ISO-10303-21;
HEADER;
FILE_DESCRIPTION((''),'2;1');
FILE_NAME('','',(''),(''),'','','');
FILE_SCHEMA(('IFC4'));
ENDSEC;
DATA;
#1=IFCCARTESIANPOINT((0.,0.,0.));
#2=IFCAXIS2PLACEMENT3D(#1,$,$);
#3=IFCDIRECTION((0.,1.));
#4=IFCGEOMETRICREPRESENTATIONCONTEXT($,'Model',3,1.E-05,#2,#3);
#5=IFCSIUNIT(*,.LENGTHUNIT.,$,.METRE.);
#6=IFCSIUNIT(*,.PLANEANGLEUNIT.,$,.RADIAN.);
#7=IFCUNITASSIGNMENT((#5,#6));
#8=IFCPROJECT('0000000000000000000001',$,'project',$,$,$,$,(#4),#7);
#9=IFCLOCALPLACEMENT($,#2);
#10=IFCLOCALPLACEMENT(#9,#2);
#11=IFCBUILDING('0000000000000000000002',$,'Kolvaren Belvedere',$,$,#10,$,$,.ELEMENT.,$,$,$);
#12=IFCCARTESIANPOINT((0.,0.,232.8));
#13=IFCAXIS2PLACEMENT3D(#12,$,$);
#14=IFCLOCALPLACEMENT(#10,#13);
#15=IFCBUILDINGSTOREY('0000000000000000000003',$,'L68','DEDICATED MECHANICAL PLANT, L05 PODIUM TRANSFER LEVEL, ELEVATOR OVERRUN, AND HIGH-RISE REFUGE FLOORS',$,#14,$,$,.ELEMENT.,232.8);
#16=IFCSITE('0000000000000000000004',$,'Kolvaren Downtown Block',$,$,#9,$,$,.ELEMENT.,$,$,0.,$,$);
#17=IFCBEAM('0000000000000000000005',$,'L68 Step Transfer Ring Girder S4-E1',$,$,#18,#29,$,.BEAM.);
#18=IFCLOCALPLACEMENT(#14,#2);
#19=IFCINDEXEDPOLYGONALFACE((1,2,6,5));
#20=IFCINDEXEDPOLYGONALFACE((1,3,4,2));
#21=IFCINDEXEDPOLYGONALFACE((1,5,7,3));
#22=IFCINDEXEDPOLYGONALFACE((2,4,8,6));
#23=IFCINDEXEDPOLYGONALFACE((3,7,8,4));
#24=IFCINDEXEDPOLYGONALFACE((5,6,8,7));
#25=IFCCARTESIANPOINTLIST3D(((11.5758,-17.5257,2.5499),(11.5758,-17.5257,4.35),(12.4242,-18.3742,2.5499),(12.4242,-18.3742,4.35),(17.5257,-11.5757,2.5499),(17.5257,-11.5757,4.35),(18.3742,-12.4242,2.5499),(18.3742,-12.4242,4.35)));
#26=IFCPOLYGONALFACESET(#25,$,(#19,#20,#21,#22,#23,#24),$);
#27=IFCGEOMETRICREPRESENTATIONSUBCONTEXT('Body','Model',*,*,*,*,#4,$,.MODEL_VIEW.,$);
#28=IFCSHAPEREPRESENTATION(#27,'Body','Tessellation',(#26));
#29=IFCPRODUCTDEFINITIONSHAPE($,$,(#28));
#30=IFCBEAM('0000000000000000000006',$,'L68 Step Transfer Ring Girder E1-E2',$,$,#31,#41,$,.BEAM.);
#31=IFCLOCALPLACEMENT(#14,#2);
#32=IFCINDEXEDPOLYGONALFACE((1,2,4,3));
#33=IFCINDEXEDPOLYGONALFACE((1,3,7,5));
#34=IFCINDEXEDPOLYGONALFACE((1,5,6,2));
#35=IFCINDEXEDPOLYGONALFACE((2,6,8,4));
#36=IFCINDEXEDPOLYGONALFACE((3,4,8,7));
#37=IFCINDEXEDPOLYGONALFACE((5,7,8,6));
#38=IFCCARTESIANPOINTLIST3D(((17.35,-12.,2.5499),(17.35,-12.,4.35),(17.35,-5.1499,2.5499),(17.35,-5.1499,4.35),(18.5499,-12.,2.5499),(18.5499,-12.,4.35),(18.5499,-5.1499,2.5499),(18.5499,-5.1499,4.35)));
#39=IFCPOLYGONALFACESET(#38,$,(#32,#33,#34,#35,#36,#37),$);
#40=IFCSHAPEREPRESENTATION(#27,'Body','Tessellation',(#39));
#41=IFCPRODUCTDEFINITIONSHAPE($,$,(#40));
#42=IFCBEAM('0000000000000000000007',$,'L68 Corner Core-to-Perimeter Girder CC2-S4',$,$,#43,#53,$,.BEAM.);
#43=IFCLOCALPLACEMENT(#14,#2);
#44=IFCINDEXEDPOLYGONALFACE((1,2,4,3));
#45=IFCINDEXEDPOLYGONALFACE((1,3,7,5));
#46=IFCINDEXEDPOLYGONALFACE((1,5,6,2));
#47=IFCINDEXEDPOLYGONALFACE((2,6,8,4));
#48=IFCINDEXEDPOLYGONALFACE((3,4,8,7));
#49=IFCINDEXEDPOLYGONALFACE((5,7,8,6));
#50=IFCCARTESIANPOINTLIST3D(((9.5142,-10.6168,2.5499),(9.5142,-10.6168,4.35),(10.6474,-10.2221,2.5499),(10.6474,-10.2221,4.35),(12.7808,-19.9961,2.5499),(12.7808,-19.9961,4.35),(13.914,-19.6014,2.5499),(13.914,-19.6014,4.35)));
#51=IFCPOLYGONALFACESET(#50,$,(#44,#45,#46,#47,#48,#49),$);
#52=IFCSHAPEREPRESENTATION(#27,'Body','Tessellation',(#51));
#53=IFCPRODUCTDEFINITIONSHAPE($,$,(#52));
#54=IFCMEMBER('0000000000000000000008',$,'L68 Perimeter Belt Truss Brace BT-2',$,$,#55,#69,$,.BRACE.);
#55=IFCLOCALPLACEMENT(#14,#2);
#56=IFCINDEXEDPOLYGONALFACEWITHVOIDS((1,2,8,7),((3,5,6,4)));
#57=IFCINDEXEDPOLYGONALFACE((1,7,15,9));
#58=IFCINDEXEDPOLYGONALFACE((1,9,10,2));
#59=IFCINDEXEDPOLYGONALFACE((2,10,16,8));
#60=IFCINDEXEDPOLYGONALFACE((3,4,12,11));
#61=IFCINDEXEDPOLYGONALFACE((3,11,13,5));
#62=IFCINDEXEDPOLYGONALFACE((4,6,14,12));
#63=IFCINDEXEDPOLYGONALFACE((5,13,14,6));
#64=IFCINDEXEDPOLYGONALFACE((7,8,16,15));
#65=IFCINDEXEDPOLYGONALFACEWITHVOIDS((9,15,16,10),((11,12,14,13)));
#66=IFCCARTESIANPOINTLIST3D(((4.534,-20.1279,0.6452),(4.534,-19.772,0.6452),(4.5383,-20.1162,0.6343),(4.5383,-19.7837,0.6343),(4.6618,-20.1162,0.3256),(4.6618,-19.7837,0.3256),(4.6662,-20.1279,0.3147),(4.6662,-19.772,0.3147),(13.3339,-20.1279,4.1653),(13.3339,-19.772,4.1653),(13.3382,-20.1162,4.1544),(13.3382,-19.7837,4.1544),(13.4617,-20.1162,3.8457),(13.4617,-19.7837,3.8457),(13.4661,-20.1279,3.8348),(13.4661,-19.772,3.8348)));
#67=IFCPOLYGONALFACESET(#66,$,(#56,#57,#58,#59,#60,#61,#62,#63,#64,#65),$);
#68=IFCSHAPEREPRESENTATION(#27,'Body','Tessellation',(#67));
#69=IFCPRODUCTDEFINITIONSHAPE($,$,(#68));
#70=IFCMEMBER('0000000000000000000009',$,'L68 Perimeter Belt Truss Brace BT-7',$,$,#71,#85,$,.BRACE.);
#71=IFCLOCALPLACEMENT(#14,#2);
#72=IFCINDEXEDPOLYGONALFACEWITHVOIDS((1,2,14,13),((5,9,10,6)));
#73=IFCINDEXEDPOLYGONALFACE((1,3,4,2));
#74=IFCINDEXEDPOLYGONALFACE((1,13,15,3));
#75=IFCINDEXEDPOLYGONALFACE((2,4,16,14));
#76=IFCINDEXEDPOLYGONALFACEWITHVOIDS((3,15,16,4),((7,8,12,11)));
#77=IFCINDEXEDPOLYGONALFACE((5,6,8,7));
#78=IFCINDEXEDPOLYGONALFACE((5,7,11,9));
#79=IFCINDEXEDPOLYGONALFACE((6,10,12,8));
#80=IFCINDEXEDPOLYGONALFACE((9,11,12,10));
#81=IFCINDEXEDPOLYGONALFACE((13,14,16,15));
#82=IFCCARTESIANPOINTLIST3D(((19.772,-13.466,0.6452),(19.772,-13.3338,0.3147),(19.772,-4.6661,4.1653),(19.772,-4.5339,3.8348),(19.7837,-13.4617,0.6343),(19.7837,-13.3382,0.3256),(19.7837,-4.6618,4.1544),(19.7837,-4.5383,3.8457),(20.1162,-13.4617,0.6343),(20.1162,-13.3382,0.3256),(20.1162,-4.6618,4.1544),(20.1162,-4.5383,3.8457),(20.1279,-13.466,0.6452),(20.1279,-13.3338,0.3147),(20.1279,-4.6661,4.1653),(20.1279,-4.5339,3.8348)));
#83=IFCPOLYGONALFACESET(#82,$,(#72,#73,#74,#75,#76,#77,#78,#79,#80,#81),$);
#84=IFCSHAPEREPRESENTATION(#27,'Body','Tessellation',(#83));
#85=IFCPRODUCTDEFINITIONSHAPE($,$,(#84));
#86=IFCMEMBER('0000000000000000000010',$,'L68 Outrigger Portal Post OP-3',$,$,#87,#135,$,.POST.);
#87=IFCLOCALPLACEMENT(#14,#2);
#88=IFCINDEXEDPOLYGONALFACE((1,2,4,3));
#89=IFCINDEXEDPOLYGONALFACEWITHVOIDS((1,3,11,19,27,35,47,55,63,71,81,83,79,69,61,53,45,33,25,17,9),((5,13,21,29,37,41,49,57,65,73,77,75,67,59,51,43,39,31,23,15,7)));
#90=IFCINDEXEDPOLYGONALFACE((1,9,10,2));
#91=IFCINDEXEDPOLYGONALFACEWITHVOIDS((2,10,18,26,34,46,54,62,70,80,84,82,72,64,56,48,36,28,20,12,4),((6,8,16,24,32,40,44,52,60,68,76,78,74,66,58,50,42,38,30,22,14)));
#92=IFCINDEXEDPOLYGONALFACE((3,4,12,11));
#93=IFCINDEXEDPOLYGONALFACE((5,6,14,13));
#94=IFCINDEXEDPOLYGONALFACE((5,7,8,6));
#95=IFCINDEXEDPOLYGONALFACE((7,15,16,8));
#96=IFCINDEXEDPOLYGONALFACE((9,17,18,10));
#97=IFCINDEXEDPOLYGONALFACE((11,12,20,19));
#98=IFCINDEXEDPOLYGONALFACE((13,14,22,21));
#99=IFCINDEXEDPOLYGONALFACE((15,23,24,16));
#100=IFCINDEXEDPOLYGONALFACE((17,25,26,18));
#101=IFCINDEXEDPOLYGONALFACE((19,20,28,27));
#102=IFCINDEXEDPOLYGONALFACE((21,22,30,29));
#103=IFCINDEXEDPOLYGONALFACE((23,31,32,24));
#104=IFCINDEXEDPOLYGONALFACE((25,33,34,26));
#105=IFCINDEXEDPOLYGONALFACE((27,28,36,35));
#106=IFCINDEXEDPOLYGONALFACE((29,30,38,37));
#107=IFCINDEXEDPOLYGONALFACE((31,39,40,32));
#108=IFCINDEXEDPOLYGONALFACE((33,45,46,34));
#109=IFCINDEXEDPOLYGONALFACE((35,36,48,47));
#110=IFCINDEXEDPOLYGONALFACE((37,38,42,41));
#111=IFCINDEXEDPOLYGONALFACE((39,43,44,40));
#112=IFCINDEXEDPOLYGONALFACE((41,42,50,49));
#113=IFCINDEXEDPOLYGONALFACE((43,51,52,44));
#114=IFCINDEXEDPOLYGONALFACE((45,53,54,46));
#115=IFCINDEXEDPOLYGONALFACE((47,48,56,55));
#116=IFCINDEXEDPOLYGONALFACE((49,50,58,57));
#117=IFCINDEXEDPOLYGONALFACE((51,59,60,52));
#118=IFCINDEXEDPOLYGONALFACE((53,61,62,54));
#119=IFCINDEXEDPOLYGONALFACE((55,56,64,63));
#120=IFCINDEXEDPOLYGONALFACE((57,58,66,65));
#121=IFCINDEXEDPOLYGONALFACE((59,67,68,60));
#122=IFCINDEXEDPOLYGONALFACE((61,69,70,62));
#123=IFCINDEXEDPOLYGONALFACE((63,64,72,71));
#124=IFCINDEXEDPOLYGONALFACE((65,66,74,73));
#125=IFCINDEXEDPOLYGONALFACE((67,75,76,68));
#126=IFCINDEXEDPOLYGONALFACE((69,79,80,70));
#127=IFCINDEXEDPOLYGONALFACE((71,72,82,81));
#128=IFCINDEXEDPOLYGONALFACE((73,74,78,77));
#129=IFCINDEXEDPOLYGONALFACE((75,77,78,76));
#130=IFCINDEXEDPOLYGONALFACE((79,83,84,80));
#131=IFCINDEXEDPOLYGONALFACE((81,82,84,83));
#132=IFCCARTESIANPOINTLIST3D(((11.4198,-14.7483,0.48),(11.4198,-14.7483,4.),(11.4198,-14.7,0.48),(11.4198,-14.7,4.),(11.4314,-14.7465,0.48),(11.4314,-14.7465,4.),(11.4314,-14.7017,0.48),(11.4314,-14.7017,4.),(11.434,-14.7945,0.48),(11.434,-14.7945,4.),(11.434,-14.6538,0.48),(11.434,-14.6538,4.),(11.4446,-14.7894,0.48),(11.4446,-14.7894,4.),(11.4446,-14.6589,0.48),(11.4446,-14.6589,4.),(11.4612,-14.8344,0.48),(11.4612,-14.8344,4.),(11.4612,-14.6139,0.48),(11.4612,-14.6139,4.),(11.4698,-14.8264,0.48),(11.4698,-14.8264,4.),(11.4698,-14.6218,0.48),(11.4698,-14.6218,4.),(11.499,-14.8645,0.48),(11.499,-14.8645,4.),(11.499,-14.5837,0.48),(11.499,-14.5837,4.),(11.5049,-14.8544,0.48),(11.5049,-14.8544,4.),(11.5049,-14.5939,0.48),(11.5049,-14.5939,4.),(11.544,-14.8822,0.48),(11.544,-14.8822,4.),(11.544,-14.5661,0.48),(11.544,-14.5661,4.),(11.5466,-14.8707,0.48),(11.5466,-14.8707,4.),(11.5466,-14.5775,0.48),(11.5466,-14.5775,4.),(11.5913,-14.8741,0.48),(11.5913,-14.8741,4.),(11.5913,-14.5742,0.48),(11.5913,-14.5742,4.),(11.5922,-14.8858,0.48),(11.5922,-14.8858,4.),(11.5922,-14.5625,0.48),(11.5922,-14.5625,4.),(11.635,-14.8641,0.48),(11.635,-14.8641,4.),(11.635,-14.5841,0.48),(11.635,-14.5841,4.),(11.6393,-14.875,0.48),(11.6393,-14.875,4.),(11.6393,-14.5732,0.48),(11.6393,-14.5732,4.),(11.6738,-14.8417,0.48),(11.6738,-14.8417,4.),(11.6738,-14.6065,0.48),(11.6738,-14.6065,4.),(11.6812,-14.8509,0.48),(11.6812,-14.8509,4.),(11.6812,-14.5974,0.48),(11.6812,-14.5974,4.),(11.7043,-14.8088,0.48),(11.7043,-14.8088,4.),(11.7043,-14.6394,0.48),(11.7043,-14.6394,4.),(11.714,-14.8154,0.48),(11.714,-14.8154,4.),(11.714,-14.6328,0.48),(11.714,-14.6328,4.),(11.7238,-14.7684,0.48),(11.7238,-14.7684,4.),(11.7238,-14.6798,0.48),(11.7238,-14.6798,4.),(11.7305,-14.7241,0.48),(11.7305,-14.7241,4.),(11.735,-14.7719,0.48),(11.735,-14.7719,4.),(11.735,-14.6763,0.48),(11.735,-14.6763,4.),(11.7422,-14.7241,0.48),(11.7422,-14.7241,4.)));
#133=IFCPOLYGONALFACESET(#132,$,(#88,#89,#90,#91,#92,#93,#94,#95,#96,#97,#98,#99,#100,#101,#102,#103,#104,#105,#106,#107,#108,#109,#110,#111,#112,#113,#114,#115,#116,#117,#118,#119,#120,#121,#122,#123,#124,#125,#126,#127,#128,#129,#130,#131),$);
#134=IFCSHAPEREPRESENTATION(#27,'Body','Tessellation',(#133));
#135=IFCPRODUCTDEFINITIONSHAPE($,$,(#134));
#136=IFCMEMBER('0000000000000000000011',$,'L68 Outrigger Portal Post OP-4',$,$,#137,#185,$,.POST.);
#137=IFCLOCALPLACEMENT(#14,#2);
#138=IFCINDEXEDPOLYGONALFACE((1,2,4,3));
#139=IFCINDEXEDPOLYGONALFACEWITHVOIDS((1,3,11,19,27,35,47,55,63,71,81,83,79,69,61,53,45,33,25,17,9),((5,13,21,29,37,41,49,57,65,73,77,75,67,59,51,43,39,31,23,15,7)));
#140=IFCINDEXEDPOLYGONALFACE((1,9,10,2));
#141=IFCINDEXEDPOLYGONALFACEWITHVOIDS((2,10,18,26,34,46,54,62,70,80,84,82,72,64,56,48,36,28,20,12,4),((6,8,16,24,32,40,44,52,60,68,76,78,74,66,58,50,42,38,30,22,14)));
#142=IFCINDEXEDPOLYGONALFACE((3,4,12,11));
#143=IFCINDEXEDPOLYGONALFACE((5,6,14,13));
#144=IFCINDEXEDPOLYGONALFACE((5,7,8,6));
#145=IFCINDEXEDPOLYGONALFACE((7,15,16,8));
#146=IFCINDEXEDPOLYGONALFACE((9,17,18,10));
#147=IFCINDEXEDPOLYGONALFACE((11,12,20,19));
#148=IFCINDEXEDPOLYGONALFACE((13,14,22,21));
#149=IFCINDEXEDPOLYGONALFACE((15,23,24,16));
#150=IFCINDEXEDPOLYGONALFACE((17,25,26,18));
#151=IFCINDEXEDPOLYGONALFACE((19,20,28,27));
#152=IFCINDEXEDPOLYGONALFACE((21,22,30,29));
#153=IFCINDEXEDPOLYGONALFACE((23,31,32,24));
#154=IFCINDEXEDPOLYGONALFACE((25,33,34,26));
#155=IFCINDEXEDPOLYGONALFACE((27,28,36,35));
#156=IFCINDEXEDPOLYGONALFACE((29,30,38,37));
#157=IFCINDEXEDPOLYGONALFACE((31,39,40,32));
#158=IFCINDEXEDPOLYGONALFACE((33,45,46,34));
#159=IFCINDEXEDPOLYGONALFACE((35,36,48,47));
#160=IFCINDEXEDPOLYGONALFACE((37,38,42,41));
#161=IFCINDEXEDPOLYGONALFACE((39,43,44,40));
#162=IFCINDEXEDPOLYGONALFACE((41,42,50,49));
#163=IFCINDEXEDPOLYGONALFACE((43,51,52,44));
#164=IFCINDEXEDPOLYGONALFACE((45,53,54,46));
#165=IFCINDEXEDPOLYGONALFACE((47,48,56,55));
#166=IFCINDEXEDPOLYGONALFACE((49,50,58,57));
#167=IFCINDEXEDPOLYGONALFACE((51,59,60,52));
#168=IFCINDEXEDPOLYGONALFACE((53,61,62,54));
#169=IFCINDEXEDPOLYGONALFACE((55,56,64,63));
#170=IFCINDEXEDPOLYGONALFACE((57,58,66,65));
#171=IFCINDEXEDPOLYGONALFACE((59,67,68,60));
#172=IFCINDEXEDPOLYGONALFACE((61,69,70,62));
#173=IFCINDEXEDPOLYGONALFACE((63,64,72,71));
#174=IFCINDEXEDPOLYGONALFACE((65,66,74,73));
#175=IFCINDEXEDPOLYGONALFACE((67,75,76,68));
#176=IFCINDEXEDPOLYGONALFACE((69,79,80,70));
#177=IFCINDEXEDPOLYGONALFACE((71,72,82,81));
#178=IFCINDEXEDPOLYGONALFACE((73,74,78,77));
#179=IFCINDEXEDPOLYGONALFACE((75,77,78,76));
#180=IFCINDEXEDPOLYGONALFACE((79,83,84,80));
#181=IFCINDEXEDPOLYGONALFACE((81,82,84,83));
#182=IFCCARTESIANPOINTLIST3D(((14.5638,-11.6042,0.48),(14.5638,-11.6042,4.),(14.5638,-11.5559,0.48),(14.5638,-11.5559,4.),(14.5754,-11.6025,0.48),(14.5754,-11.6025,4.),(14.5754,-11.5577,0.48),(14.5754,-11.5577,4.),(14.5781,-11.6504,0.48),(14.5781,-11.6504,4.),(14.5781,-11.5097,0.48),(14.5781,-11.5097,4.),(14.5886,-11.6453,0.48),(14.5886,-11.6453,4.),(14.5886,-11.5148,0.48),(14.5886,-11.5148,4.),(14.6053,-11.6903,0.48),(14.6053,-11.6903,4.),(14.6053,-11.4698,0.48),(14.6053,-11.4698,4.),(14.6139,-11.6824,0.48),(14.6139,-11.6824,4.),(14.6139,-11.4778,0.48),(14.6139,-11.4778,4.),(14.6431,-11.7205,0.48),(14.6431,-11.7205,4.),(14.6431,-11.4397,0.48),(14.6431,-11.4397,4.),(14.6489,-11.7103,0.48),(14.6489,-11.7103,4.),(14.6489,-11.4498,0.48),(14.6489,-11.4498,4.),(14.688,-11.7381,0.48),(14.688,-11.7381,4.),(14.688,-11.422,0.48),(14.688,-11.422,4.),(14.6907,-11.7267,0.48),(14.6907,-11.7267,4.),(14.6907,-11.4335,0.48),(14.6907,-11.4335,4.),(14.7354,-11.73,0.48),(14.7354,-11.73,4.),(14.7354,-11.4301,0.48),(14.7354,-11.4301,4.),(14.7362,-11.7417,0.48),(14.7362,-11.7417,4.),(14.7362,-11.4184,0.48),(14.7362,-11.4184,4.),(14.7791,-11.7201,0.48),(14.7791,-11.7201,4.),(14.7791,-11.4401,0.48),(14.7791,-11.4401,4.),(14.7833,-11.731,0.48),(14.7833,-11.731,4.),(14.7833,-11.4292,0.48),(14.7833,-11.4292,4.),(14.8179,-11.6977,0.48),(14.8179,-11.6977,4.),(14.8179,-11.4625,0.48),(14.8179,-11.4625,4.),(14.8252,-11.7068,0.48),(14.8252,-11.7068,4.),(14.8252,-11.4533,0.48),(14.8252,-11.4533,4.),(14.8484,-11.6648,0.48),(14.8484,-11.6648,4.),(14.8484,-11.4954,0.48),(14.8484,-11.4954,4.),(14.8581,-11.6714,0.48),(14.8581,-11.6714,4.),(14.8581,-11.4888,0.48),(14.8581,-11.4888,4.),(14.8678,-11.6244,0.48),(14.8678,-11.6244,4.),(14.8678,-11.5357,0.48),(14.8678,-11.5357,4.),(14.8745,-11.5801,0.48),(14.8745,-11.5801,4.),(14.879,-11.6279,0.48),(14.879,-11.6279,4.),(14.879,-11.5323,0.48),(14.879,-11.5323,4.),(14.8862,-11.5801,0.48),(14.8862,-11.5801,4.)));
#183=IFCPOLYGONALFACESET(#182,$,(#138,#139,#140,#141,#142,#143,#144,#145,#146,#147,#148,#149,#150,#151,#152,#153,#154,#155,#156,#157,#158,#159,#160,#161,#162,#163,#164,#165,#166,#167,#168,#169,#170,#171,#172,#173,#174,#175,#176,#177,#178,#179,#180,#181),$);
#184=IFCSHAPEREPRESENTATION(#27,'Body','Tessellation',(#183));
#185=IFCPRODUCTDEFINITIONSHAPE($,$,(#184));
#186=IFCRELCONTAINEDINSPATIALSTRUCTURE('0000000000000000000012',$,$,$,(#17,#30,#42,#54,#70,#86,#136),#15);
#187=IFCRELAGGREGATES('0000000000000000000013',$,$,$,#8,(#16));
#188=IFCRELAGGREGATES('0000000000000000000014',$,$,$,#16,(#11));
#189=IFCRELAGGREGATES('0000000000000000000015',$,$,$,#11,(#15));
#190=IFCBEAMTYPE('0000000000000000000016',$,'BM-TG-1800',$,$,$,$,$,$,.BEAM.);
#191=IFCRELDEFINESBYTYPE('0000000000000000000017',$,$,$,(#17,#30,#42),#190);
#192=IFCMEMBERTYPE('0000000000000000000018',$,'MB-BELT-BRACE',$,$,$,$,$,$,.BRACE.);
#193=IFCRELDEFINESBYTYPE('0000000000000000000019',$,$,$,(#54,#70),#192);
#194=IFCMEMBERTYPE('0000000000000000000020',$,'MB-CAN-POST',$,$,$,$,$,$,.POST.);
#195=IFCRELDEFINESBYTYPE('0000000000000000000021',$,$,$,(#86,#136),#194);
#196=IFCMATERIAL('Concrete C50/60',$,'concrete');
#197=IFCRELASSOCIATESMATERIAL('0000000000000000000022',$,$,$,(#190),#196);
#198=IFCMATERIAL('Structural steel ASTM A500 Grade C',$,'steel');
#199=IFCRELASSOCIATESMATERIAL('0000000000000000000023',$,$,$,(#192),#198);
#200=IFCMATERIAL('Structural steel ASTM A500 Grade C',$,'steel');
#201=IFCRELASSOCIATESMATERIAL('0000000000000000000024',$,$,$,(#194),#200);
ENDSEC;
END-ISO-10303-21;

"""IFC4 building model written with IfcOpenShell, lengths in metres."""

from ifc_helpers import new_model, si_unit, direction, frame, origin, origin_2d, place, context, subcontext, project, spatial, rectangle, hollow_rectangle, hollow_circle, extrude, material, material_profile, profile_set, type_object, element, save


model = new_model("IFC4")

# Units and contexts
model_context = context("Model", 3, precision=1e-05, world=origin(), true_north=direction((0.0, 1.0)))
body_context = subcontext(model_context, "Body", "Model", "MODEL_VIEW")
ifc_project = project(units=[si_unit("LENGTHUNIT", "METRE"), si_unit("PLANEANGLEUNIT", "RADIAN")], contexts=[model_context])

# Site, building, storey
site_placement = place(None, origin())
site = spatial("IfcSite", under=ifc_project, at=site_placement, Name="Kolvaren Downtown Block", CompositionType="ELEMENT", RefElevation=0.0)
building_placement = place(site_placement, origin())
building = spatial("IfcBuilding", under=site, at=building_placement, Name="Kolvaren Belvedere", CompositionType="ELEMENT")
storey_placement = place(building_placement, frame((0.0, 0.0, 232.8)))
storey = spatial("IfcBuildingStorey", under=building, at=storey_placement, Name="L68", Description="DEDICATED MECHANICAL PLANT, L05 PODIUM TRANSFER LEVEL, ELEVATOR OVERRUN, AND HIGH-RISE REFUGE FLOORS", CompositionType="ELEMENT", Elevation=232.8)

# Beams
ifc_material_1 = material(Name="Concrete C50/60", Category="concrete")
ifc_material_profile_1 = material_profile(ifc_material_1, rectangle(XDim=1.2, YDim=1.8, at=origin_2d()), Name="RC 1200X1800")
ifc_profile_set_1 = profile_set([ifc_material_profile_1], Name="Concrete C50/60")
beam_type_1 = type_object("IfcBeamType", Name="BM-TG-1800", PredefinedType="BEAM", material=ifc_profile_set_1)
beam_1_placement = place(storey_placement, frame((12.0, -17.95, 3.45), z_axis=(0.707107, 0.707107, 0.0), x_axis=(-0.707107, 0.707107, 0.0)))
element("IfcBeam", 1, at=beam_1_placement, inside=storey, type_object=beam_type_1, Name="L68 Step Transfer Ring Girder S4-E1", PredefinedType="BEAM", context=body_context, shape_type="SweptSolid", body=[
    extrude(rectangle(XDim=1.2, YDim=1.8, at=origin_2d()), origin(), (0.0, 0.0, 1.0), 8.4146),
])
beam_2_placement = place(storey_placement, frame((17.95, -12.0, 3.45), z_axis=(0.0, 1.0, 0.0), x_axis=(-1.0, 0.0, 0.0)))
element("IfcBeam", 2, at=beam_2_placement, inside=storey, type_object=beam_type_1, Name="L68 Step Transfer Ring Girder E1-E2", PredefinedType="BEAM", context=body_context, shape_type="SweptSolid", body=[
    extrude(rectangle(XDim=1.2, YDim=1.8, at=origin_2d()), origin(), (0.0, 0.0, 1.0), 6.8501),
])
beam_3_placement = place(storey_placement, frame((10.0808, -10.4194, 3.45), z_axis=(0.328898, -0.944365, 0.0), x_axis=(0.944365, 0.328898, 0.0)))
element("IfcBeam", 3, at=beam_3_placement, inside=storey, type_object=beam_type_1, Name="L68 Corner Core-to-Perimeter Girder CC2-S4", PredefinedType="BEAM", context=body_context, shape_type="SweptSolid", body=[
    extrude(rectangle(XDim=1.2, YDim=1.8, at=origin_2d()), origin(), (0.0, 0.0, 1.0), 9.9319),
])

# Members
ifc_material_2 = material(Name="Structural steel ASTM A500 Grade C", Category="steel")
ifc_material_profile_2 = material_profile(ifc_material_2, hollow_rectangle(XDim=0.356, YDim=0.356, WallThickness=0.0117, at=origin_2d()), Name="HSS14X14X1/2")
ifc_profile_set_2 = profile_set([ifc_material_profile_2], Name="Structural steel ASTM A500 Grade C")
member_type_1 = type_object("IfcMemberType", Name="MB-BELT-BRACE", PredefinedType="BRACE", material=ifc_profile_set_2)
for number, where, z_axis, x_axis, name in (
    (4, (4.6001, -19.95, 0.48), (0.928473, 0.0, 0.3714), (0.0, 1.0, 0.0), "L68 Perimeter Belt Truss Brace BT-2"),
    (5, (19.95, -13.3999, 0.48), (0.0, 0.928473, 0.3714), (-1.0, 0.0, 0.0), "L68 Perimeter Belt Truss Brace BT-7"),
):
    element("IfcMember", number, at=place(storey_placement, frame(where, z_axis=z_axis, x_axis=x_axis)), inside=storey, type_object=member_type_1, Name=name, PredefinedType="BRACE", context=body_context, shape_type="SweptSolid", body=[
        extrude(hollow_rectangle(XDim=0.356, YDim=0.356, WallThickness=0.0117, at=origin_2d()), origin(), (0.0, 0.0, 1.0), 9.4778),
    ])
ifc_material_3 = material(Name="Structural steel ASTM A500 Grade C", Category="steel")
ifc_material_profile_3 = material_profile(ifc_material_3, hollow_circle(Radius=0.1621, WallThickness=0.0117, at=origin_2d()), Name="HSS12.750X0.500")
ifc_profile_set_3 = profile_set([ifc_material_profile_3], Name="Structural steel ASTM A500 Grade C")
member_type_2 = type_object("IfcMemberType", Name="MB-CAN-POST", PredefinedType="POST", material=ifc_profile_set_3)
for number, where, z_axis, x_axis, name in (
    (6, (11.5801, -14.7241, 0.48), (0.0, 0.0, 1.0), (1.0, 0.0, 0.0), "L68 Outrigger Portal Post OP-3"),
    (7, (14.7241, -11.5801, 0.48), (0.0, 0.0, 1.0), (1.0, 0.0, 0.0), "L68 Outrigger Portal Post OP-4"),
):
    element("IfcMember", number, at=place(storey_placement, frame(where, z_axis=z_axis, x_axis=x_axis)), inside=storey, type_object=member_type_2, Name=name, PredefinedType="POST", context=body_context, shape_type="SweptSolid", body=[
        extrude(hollow_circle(Radius=0.1621, WallThickness=0.0117, at=origin_2d()), origin(), (0.0, 0.0, 1.0), 3.52),
    ])

save(model, "model.ifc")
